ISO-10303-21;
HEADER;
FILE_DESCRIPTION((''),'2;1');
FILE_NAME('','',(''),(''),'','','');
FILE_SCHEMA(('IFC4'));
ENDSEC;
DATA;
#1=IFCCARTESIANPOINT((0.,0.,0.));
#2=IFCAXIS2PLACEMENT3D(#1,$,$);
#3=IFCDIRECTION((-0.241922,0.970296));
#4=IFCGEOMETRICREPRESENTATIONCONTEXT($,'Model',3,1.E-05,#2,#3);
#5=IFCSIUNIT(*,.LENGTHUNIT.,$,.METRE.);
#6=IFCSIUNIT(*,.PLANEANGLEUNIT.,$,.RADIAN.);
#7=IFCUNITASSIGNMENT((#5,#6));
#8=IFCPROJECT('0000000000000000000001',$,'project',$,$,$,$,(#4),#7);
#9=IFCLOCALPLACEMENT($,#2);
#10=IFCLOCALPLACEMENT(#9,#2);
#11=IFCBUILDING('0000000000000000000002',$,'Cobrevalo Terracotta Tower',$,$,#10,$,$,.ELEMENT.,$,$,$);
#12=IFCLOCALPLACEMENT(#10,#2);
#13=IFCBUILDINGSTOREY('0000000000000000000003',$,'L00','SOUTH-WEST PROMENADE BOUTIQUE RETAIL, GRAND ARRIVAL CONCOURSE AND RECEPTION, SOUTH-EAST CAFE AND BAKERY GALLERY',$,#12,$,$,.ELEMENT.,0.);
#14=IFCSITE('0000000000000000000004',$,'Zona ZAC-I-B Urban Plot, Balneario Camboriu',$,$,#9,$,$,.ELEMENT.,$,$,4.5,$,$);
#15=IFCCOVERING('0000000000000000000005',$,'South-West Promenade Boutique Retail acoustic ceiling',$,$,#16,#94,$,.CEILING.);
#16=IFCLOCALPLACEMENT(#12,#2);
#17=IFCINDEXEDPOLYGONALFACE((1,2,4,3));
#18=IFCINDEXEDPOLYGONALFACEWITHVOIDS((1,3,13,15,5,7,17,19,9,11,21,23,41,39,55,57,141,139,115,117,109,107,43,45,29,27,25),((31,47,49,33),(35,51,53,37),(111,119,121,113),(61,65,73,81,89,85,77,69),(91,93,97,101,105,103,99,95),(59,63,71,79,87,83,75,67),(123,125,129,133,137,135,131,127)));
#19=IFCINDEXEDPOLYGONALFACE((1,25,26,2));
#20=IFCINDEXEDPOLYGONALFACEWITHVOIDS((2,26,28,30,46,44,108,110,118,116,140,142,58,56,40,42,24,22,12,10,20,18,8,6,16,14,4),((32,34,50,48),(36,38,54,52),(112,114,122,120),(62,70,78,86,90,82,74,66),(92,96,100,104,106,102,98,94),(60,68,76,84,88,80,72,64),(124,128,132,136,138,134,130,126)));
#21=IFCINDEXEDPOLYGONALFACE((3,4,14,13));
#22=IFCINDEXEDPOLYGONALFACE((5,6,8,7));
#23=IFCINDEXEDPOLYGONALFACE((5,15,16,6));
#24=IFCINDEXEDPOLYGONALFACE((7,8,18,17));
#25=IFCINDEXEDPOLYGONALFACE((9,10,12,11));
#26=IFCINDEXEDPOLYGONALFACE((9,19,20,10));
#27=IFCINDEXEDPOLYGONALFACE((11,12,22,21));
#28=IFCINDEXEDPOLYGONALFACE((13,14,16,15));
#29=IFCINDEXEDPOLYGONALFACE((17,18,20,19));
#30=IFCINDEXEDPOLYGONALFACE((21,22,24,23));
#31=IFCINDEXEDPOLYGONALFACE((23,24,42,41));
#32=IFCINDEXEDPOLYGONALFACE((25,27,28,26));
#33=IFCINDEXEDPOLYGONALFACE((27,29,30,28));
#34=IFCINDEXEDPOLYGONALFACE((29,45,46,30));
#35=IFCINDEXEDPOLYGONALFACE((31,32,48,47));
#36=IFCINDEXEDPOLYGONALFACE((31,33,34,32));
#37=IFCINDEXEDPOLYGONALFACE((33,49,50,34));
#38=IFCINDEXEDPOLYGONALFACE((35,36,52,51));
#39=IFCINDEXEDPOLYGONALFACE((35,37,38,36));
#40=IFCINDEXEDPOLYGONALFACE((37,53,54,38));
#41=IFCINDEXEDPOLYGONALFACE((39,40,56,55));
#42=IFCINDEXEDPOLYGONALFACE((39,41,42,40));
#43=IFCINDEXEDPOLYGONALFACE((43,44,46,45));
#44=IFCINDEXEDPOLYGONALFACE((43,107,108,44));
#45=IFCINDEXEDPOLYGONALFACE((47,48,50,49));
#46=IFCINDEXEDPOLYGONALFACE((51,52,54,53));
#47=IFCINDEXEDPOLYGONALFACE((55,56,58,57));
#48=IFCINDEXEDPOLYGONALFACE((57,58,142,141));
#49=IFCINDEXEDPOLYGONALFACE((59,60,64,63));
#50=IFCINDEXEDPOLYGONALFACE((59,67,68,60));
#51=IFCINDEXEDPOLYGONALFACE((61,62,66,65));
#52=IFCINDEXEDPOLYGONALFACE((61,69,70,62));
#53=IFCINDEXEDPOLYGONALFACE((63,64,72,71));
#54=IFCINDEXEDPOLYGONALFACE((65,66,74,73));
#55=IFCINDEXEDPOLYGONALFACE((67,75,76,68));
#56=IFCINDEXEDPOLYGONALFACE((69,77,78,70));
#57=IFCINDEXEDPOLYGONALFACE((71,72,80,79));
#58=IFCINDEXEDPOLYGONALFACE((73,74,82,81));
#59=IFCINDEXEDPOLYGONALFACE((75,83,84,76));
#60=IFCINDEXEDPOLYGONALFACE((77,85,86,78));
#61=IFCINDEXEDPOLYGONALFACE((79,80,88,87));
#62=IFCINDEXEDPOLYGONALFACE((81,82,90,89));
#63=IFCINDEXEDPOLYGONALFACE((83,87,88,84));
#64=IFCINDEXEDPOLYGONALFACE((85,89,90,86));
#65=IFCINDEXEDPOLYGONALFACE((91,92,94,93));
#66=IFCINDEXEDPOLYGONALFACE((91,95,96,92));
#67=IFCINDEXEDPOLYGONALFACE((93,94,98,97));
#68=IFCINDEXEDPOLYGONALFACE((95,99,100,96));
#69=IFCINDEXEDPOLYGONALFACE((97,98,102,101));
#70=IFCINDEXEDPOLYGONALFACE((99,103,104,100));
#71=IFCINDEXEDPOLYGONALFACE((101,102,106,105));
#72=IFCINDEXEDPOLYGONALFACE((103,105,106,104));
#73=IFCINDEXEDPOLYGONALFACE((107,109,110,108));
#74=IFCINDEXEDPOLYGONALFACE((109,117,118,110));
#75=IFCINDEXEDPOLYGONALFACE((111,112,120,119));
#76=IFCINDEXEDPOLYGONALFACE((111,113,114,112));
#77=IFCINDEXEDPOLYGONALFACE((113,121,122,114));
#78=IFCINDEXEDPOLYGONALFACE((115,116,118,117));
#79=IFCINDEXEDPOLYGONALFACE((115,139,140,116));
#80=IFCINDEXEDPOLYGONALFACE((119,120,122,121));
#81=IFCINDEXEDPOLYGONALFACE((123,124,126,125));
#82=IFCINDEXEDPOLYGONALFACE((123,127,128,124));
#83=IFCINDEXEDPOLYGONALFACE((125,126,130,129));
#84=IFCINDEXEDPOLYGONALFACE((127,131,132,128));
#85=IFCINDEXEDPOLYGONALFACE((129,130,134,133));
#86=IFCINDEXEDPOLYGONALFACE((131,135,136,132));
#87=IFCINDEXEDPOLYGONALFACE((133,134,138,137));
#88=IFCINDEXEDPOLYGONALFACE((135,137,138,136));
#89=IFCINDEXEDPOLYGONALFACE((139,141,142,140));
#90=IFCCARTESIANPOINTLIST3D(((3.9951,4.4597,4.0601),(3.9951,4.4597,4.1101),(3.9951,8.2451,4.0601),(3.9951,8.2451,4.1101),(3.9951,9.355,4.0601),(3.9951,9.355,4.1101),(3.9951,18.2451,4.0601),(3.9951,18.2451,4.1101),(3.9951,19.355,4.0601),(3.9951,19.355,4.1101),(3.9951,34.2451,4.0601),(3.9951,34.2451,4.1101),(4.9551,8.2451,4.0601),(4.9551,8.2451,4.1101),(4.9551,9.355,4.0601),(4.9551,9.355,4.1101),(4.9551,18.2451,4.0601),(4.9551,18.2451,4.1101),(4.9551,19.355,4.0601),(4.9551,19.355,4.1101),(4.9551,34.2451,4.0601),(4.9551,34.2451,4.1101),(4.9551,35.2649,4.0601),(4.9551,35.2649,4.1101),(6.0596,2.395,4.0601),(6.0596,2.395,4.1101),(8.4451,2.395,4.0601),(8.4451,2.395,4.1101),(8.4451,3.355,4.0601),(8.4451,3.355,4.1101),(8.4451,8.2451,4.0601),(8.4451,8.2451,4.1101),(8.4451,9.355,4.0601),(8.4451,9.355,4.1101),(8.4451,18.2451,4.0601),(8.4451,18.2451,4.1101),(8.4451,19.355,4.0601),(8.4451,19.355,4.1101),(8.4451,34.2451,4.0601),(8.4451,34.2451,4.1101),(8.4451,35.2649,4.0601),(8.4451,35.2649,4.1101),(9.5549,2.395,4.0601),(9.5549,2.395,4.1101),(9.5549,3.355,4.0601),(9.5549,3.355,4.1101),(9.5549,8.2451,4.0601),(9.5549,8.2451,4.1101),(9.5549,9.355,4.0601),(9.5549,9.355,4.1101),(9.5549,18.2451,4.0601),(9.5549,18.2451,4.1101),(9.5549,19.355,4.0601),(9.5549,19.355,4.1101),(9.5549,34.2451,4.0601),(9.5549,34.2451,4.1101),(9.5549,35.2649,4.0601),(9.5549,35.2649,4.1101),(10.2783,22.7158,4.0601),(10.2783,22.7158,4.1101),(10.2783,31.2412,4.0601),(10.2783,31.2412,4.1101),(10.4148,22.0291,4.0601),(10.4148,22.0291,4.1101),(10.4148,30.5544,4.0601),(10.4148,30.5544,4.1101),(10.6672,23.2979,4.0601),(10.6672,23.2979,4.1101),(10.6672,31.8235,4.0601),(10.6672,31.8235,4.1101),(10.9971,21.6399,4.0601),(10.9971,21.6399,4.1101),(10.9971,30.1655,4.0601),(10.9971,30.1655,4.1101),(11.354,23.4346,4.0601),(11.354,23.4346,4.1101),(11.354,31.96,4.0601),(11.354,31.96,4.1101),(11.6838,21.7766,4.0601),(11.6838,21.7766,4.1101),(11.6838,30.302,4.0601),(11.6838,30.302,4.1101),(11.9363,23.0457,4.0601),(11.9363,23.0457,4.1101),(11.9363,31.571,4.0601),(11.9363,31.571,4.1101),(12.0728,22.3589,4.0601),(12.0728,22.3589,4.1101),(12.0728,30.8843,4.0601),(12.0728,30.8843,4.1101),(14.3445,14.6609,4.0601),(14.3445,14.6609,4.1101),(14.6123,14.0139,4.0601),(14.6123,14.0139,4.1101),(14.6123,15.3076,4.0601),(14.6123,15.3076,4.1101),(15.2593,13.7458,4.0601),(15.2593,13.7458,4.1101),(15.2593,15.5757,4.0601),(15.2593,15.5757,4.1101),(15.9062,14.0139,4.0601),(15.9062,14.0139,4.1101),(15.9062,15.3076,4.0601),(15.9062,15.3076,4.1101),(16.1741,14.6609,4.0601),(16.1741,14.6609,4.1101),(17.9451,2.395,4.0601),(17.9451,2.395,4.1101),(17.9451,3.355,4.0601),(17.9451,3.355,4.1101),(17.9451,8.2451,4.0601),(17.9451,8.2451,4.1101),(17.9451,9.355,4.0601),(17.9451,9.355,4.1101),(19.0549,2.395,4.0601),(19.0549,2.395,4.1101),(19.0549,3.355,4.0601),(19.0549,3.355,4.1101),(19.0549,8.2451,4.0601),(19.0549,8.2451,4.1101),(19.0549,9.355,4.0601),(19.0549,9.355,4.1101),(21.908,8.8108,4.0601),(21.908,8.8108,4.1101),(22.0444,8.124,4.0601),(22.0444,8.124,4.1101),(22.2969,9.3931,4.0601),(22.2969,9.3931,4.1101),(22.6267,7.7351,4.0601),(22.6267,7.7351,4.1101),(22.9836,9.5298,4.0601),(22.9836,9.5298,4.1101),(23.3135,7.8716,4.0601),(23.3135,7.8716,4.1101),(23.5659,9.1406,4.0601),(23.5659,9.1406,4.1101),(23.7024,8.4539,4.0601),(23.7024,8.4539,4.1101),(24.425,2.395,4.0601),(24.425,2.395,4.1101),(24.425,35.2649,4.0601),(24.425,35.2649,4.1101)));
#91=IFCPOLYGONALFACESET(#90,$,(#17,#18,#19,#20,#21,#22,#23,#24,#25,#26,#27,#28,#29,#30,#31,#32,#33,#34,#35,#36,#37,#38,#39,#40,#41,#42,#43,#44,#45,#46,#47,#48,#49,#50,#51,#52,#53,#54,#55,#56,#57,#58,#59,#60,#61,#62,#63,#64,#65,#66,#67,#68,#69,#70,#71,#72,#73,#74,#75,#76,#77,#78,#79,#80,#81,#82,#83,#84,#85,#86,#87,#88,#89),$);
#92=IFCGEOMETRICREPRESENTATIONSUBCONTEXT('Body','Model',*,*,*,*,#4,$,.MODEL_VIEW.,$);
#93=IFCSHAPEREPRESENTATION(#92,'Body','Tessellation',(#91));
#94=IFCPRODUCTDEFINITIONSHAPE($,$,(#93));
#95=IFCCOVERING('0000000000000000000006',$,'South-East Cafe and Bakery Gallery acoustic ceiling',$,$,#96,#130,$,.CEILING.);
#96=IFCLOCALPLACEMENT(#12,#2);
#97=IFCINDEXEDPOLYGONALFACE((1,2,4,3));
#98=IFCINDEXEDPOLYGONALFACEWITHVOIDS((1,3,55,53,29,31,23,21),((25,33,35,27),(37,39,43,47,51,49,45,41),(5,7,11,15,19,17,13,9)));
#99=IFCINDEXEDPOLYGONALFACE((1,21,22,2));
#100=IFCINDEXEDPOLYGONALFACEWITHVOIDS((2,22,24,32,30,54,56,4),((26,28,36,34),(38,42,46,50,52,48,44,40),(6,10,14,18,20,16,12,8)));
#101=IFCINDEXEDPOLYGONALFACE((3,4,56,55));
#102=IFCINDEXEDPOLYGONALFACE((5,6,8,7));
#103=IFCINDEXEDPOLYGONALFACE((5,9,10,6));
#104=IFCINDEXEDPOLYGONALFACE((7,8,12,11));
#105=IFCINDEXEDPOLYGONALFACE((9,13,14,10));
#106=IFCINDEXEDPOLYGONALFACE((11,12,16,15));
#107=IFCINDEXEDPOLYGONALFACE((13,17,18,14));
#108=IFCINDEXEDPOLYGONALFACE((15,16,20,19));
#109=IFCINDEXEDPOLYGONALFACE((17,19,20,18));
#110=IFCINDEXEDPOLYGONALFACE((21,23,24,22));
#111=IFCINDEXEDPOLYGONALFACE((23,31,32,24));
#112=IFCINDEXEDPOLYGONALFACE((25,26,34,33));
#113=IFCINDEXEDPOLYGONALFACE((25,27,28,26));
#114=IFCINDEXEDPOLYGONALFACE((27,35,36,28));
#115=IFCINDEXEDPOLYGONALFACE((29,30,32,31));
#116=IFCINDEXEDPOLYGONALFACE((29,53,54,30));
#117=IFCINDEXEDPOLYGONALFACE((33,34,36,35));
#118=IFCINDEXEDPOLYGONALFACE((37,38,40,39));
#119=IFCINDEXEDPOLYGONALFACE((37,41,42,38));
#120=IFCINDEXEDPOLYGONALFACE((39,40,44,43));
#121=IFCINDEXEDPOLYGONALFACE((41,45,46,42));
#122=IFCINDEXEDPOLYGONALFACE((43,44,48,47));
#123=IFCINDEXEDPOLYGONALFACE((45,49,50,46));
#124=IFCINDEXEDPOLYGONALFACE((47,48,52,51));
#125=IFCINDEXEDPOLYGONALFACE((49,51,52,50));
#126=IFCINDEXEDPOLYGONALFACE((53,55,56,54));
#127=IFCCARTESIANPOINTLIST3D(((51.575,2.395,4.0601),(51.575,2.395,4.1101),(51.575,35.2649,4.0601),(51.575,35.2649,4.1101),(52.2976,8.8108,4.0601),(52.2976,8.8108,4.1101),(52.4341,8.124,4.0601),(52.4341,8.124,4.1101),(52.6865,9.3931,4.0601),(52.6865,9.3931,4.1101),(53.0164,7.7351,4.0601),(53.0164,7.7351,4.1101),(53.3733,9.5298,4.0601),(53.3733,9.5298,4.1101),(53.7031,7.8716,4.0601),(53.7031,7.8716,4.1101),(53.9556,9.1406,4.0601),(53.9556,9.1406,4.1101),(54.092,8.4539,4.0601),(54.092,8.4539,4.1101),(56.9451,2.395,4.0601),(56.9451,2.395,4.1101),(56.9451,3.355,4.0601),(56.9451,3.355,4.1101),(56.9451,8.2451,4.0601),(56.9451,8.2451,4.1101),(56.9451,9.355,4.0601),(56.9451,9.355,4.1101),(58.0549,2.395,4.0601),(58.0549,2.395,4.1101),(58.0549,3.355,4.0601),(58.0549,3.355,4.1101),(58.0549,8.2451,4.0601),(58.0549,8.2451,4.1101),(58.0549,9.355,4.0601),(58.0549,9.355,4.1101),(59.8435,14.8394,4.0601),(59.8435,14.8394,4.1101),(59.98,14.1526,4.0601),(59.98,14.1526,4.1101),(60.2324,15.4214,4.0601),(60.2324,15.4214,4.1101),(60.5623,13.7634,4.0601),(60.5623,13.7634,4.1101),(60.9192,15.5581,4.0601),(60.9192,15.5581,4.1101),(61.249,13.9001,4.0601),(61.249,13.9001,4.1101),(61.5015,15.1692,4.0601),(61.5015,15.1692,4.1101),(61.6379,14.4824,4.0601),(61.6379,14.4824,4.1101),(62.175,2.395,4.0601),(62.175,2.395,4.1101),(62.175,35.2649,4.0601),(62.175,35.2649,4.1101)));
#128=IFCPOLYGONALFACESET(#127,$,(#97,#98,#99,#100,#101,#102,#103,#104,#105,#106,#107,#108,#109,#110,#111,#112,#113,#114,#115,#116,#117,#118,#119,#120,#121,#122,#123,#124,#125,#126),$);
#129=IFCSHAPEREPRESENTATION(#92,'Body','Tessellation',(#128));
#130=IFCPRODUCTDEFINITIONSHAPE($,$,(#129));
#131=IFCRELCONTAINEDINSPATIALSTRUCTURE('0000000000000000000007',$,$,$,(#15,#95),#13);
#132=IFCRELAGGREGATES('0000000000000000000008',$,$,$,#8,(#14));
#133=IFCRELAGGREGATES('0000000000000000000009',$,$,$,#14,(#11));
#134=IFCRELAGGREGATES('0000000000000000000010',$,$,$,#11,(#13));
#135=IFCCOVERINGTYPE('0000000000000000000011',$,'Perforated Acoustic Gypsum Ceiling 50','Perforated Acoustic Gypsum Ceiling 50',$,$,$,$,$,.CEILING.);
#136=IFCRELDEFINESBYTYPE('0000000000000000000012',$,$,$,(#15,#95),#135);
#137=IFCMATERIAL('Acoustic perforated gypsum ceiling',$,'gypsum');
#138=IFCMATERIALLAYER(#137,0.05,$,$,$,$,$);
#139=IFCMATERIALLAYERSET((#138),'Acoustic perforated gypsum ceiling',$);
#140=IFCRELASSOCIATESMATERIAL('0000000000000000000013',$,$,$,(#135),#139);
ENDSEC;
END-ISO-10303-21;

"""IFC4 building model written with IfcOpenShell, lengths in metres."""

from ifc_helpers import new_model, si_unit, direction, frame, origin, place, context, subcontext, project, spatial, polyline, outline, extrude, material, layer, layer_set, type_object, element, save


model = new_model("IFC4")

# Units and contexts
model_context = context("Model", 3, precision=1e-05, world=origin(), true_north=direction((-0.241922, 0.970296)))
body_context = subcontext(model_context, "Body", "Model", "MODEL_VIEW")
ifc_project = project(units=[si_unit("LENGTHUNIT", "METRE"), si_unit("PLANEANGLEUNIT", "RADIAN")], contexts=[model_context])

# Site, building, storey
site_placement = place(None, origin())
site = spatial("IfcSite", under=ifc_project, at=site_placement, Name="Zona ZAC-I-B Urban Plot, Balneario Camboriu", CompositionType="ELEMENT", RefElevation=4.5)
building_placement = place(site_placement, origin())
building = spatial("IfcBuilding", under=site, at=building_placement, Name="Cobrevalo Terracotta Tower", CompositionType="ELEMENT")
storey_placement = place(building_placement, origin())
storey = spatial("IfcBuildingStorey", under=building, at=storey_placement, Name="L00", Description="SOUTH-WEST PROMENADE BOUTIQUE RETAIL, GRAND ARRIVAL CONCOURSE AND RECEPTION, SOUTH-EAST CAFE AND BAKERY GALLERY", CompositionType="ELEMENT", Elevation=0.0)

# Coverings
ifc_material_1 = material(Name="Acoustic perforated gypsum ceiling", Category="gypsum")
ifc_layer_1 = layer(ifc_material_1, 0.05)
ifc_layer_set_1 = layer_set([ifc_layer_1], Name="Acoustic perforated gypsum ceiling")
covering_type_1 = type_object("IfcCoveringType", Name="Perforated Acoustic Gypsum Ceiling 50", Description="Perforated Acoustic Gypsum Ceiling 50", PredefinedType="CEILING", material=ifc_layer_set_1)
covering_1_placement = place(storey_placement, frame((0.0, 0.0, 4.0601)))
element("IfcCovering", 1, at=covering_1_placement, inside=storey, type_object=covering_type_1, Name="South-West Promenade Boutique Retail acoustic ceiling", PredefinedType="CEILING", context=body_context, shape_type="SweptSolid", body=[
    extrude(outline(polyline([(3.9951, 4.4597), (3.9951, 8.2451), (4.9551, 8.2451), (4.9551, 9.355), (3.9951, 9.355), (3.9951, 18.2451), (4.9551, 18.2451), (4.9551, 19.355), (3.9951, 19.355), (3.9951, 34.2451), (4.9551, 34.2451), (4.9551, 35.2649), (8.4451, 35.2649), (8.4451, 34.2451), (9.5549, 34.2451), (9.5549, 35.2649), (24.425, 35.2649), (24.425, 2.395), (19.0549, 2.395), (19.0549, 3.355), (17.9451, 3.355), (17.9451, 2.395), (9.5549, 2.395), (9.5549, 3.355), (8.4451, 3.355), (8.4451, 2.395), (6.0596, 2.395), (3.9951, 4.4597)]), holes=[polyline([(23.3135, 7.8716), (23.7024, 8.4539), (23.5659, 9.1406), (22.9836, 9.5298), (22.2969, 9.3931), (21.908, 8.8108), (22.0444, 8.124), (22.6267, 7.7351), (23.3135, 7.8716)]), polyline([(17.9451, 9.355), (17.9451, 8.2451), (19.0549, 8.2451), (19.0549, 9.355), (17.9451, 9.355)]), polyline([(15.9062, 14.0139), (16.1741, 14.6609), (15.9062, 15.3076), (15.2593, 15.5757), (14.6123, 15.3076), (14.3445, 14.6609), (14.6123, 14.0139), (15.2593, 13.7458), (15.9062, 14.0139)]), polyline([(11.6838, 21.7766), (12.0728, 22.3589), (11.9363, 23.0457), (11.354, 23.4346), (10.6672, 23.2979), (10.2783, 22.7158), (10.4148, 22.0291), (10.9971, 21.6399), (11.6838, 21.7766)]), polyline([(11.6838, 30.302), (12.0728, 30.8843), (11.9363, 31.571), (11.354, 31.96), (10.6672, 31.8235), (10.2783, 31.2412), (10.4148, 30.5544), (10.9971, 30.1655), (11.6838, 30.302)]), polyline([(8.4451, 9.355), (8.4451, 8.2451), (9.5549, 8.2451), (9.5549, 9.355), (8.4451, 9.355)]), polyline([(8.4451, 19.355), (8.4451, 18.2451), (9.5549, 18.2451), (9.5549, 19.355), (8.4451, 19.355)])]), origin(), (0.0, 0.0, 1.0), 0.05),
])
covering_2_placement = place(storey_placement, frame((0.0, 0.0, 4.0601)))
element("IfcCovering", 2, at=covering_2_placement, inside=storey, type_object=covering_type_1, Name="South-East Cafe and Bakery Gallery acoustic ceiling", PredefinedType="CEILING", context=body_context, shape_type="SweptSolid", body=[
    extrude(outline(polyline([(51.575, 35.2649), (62.175, 35.2649), (62.175, 2.395), (58.0549, 2.395), (58.0549, 3.355), (56.9451, 3.355), (56.9451, 2.395), (51.575, 2.395), (51.575, 35.2649)]), holes=[polyline([(61.249, 13.9001), (61.6379, 14.4824), (61.5015, 15.1692), (60.9192, 15.5581), (60.2324, 15.4214), (59.8435, 14.8394), (59.98, 14.1526), (60.5623, 13.7634), (61.249, 13.9001)]), polyline([(56.9451, 9.355), (56.9451, 8.2451), (58.0549, 8.2451), (58.0549, 9.355), (56.9451, 9.355)]), polyline([(53.7031, 7.8716), (54.092, 8.4539), (53.9556, 9.1406), (53.3733, 9.5298), (52.6865, 9.3931), (52.2976, 8.8108), (52.4341, 8.124), (53.0164, 7.7351), (53.7031, 7.8716)])]), origin(), (0.0, 0.0, 1.0), 0.05),
])

save(model, "model.ifc")
